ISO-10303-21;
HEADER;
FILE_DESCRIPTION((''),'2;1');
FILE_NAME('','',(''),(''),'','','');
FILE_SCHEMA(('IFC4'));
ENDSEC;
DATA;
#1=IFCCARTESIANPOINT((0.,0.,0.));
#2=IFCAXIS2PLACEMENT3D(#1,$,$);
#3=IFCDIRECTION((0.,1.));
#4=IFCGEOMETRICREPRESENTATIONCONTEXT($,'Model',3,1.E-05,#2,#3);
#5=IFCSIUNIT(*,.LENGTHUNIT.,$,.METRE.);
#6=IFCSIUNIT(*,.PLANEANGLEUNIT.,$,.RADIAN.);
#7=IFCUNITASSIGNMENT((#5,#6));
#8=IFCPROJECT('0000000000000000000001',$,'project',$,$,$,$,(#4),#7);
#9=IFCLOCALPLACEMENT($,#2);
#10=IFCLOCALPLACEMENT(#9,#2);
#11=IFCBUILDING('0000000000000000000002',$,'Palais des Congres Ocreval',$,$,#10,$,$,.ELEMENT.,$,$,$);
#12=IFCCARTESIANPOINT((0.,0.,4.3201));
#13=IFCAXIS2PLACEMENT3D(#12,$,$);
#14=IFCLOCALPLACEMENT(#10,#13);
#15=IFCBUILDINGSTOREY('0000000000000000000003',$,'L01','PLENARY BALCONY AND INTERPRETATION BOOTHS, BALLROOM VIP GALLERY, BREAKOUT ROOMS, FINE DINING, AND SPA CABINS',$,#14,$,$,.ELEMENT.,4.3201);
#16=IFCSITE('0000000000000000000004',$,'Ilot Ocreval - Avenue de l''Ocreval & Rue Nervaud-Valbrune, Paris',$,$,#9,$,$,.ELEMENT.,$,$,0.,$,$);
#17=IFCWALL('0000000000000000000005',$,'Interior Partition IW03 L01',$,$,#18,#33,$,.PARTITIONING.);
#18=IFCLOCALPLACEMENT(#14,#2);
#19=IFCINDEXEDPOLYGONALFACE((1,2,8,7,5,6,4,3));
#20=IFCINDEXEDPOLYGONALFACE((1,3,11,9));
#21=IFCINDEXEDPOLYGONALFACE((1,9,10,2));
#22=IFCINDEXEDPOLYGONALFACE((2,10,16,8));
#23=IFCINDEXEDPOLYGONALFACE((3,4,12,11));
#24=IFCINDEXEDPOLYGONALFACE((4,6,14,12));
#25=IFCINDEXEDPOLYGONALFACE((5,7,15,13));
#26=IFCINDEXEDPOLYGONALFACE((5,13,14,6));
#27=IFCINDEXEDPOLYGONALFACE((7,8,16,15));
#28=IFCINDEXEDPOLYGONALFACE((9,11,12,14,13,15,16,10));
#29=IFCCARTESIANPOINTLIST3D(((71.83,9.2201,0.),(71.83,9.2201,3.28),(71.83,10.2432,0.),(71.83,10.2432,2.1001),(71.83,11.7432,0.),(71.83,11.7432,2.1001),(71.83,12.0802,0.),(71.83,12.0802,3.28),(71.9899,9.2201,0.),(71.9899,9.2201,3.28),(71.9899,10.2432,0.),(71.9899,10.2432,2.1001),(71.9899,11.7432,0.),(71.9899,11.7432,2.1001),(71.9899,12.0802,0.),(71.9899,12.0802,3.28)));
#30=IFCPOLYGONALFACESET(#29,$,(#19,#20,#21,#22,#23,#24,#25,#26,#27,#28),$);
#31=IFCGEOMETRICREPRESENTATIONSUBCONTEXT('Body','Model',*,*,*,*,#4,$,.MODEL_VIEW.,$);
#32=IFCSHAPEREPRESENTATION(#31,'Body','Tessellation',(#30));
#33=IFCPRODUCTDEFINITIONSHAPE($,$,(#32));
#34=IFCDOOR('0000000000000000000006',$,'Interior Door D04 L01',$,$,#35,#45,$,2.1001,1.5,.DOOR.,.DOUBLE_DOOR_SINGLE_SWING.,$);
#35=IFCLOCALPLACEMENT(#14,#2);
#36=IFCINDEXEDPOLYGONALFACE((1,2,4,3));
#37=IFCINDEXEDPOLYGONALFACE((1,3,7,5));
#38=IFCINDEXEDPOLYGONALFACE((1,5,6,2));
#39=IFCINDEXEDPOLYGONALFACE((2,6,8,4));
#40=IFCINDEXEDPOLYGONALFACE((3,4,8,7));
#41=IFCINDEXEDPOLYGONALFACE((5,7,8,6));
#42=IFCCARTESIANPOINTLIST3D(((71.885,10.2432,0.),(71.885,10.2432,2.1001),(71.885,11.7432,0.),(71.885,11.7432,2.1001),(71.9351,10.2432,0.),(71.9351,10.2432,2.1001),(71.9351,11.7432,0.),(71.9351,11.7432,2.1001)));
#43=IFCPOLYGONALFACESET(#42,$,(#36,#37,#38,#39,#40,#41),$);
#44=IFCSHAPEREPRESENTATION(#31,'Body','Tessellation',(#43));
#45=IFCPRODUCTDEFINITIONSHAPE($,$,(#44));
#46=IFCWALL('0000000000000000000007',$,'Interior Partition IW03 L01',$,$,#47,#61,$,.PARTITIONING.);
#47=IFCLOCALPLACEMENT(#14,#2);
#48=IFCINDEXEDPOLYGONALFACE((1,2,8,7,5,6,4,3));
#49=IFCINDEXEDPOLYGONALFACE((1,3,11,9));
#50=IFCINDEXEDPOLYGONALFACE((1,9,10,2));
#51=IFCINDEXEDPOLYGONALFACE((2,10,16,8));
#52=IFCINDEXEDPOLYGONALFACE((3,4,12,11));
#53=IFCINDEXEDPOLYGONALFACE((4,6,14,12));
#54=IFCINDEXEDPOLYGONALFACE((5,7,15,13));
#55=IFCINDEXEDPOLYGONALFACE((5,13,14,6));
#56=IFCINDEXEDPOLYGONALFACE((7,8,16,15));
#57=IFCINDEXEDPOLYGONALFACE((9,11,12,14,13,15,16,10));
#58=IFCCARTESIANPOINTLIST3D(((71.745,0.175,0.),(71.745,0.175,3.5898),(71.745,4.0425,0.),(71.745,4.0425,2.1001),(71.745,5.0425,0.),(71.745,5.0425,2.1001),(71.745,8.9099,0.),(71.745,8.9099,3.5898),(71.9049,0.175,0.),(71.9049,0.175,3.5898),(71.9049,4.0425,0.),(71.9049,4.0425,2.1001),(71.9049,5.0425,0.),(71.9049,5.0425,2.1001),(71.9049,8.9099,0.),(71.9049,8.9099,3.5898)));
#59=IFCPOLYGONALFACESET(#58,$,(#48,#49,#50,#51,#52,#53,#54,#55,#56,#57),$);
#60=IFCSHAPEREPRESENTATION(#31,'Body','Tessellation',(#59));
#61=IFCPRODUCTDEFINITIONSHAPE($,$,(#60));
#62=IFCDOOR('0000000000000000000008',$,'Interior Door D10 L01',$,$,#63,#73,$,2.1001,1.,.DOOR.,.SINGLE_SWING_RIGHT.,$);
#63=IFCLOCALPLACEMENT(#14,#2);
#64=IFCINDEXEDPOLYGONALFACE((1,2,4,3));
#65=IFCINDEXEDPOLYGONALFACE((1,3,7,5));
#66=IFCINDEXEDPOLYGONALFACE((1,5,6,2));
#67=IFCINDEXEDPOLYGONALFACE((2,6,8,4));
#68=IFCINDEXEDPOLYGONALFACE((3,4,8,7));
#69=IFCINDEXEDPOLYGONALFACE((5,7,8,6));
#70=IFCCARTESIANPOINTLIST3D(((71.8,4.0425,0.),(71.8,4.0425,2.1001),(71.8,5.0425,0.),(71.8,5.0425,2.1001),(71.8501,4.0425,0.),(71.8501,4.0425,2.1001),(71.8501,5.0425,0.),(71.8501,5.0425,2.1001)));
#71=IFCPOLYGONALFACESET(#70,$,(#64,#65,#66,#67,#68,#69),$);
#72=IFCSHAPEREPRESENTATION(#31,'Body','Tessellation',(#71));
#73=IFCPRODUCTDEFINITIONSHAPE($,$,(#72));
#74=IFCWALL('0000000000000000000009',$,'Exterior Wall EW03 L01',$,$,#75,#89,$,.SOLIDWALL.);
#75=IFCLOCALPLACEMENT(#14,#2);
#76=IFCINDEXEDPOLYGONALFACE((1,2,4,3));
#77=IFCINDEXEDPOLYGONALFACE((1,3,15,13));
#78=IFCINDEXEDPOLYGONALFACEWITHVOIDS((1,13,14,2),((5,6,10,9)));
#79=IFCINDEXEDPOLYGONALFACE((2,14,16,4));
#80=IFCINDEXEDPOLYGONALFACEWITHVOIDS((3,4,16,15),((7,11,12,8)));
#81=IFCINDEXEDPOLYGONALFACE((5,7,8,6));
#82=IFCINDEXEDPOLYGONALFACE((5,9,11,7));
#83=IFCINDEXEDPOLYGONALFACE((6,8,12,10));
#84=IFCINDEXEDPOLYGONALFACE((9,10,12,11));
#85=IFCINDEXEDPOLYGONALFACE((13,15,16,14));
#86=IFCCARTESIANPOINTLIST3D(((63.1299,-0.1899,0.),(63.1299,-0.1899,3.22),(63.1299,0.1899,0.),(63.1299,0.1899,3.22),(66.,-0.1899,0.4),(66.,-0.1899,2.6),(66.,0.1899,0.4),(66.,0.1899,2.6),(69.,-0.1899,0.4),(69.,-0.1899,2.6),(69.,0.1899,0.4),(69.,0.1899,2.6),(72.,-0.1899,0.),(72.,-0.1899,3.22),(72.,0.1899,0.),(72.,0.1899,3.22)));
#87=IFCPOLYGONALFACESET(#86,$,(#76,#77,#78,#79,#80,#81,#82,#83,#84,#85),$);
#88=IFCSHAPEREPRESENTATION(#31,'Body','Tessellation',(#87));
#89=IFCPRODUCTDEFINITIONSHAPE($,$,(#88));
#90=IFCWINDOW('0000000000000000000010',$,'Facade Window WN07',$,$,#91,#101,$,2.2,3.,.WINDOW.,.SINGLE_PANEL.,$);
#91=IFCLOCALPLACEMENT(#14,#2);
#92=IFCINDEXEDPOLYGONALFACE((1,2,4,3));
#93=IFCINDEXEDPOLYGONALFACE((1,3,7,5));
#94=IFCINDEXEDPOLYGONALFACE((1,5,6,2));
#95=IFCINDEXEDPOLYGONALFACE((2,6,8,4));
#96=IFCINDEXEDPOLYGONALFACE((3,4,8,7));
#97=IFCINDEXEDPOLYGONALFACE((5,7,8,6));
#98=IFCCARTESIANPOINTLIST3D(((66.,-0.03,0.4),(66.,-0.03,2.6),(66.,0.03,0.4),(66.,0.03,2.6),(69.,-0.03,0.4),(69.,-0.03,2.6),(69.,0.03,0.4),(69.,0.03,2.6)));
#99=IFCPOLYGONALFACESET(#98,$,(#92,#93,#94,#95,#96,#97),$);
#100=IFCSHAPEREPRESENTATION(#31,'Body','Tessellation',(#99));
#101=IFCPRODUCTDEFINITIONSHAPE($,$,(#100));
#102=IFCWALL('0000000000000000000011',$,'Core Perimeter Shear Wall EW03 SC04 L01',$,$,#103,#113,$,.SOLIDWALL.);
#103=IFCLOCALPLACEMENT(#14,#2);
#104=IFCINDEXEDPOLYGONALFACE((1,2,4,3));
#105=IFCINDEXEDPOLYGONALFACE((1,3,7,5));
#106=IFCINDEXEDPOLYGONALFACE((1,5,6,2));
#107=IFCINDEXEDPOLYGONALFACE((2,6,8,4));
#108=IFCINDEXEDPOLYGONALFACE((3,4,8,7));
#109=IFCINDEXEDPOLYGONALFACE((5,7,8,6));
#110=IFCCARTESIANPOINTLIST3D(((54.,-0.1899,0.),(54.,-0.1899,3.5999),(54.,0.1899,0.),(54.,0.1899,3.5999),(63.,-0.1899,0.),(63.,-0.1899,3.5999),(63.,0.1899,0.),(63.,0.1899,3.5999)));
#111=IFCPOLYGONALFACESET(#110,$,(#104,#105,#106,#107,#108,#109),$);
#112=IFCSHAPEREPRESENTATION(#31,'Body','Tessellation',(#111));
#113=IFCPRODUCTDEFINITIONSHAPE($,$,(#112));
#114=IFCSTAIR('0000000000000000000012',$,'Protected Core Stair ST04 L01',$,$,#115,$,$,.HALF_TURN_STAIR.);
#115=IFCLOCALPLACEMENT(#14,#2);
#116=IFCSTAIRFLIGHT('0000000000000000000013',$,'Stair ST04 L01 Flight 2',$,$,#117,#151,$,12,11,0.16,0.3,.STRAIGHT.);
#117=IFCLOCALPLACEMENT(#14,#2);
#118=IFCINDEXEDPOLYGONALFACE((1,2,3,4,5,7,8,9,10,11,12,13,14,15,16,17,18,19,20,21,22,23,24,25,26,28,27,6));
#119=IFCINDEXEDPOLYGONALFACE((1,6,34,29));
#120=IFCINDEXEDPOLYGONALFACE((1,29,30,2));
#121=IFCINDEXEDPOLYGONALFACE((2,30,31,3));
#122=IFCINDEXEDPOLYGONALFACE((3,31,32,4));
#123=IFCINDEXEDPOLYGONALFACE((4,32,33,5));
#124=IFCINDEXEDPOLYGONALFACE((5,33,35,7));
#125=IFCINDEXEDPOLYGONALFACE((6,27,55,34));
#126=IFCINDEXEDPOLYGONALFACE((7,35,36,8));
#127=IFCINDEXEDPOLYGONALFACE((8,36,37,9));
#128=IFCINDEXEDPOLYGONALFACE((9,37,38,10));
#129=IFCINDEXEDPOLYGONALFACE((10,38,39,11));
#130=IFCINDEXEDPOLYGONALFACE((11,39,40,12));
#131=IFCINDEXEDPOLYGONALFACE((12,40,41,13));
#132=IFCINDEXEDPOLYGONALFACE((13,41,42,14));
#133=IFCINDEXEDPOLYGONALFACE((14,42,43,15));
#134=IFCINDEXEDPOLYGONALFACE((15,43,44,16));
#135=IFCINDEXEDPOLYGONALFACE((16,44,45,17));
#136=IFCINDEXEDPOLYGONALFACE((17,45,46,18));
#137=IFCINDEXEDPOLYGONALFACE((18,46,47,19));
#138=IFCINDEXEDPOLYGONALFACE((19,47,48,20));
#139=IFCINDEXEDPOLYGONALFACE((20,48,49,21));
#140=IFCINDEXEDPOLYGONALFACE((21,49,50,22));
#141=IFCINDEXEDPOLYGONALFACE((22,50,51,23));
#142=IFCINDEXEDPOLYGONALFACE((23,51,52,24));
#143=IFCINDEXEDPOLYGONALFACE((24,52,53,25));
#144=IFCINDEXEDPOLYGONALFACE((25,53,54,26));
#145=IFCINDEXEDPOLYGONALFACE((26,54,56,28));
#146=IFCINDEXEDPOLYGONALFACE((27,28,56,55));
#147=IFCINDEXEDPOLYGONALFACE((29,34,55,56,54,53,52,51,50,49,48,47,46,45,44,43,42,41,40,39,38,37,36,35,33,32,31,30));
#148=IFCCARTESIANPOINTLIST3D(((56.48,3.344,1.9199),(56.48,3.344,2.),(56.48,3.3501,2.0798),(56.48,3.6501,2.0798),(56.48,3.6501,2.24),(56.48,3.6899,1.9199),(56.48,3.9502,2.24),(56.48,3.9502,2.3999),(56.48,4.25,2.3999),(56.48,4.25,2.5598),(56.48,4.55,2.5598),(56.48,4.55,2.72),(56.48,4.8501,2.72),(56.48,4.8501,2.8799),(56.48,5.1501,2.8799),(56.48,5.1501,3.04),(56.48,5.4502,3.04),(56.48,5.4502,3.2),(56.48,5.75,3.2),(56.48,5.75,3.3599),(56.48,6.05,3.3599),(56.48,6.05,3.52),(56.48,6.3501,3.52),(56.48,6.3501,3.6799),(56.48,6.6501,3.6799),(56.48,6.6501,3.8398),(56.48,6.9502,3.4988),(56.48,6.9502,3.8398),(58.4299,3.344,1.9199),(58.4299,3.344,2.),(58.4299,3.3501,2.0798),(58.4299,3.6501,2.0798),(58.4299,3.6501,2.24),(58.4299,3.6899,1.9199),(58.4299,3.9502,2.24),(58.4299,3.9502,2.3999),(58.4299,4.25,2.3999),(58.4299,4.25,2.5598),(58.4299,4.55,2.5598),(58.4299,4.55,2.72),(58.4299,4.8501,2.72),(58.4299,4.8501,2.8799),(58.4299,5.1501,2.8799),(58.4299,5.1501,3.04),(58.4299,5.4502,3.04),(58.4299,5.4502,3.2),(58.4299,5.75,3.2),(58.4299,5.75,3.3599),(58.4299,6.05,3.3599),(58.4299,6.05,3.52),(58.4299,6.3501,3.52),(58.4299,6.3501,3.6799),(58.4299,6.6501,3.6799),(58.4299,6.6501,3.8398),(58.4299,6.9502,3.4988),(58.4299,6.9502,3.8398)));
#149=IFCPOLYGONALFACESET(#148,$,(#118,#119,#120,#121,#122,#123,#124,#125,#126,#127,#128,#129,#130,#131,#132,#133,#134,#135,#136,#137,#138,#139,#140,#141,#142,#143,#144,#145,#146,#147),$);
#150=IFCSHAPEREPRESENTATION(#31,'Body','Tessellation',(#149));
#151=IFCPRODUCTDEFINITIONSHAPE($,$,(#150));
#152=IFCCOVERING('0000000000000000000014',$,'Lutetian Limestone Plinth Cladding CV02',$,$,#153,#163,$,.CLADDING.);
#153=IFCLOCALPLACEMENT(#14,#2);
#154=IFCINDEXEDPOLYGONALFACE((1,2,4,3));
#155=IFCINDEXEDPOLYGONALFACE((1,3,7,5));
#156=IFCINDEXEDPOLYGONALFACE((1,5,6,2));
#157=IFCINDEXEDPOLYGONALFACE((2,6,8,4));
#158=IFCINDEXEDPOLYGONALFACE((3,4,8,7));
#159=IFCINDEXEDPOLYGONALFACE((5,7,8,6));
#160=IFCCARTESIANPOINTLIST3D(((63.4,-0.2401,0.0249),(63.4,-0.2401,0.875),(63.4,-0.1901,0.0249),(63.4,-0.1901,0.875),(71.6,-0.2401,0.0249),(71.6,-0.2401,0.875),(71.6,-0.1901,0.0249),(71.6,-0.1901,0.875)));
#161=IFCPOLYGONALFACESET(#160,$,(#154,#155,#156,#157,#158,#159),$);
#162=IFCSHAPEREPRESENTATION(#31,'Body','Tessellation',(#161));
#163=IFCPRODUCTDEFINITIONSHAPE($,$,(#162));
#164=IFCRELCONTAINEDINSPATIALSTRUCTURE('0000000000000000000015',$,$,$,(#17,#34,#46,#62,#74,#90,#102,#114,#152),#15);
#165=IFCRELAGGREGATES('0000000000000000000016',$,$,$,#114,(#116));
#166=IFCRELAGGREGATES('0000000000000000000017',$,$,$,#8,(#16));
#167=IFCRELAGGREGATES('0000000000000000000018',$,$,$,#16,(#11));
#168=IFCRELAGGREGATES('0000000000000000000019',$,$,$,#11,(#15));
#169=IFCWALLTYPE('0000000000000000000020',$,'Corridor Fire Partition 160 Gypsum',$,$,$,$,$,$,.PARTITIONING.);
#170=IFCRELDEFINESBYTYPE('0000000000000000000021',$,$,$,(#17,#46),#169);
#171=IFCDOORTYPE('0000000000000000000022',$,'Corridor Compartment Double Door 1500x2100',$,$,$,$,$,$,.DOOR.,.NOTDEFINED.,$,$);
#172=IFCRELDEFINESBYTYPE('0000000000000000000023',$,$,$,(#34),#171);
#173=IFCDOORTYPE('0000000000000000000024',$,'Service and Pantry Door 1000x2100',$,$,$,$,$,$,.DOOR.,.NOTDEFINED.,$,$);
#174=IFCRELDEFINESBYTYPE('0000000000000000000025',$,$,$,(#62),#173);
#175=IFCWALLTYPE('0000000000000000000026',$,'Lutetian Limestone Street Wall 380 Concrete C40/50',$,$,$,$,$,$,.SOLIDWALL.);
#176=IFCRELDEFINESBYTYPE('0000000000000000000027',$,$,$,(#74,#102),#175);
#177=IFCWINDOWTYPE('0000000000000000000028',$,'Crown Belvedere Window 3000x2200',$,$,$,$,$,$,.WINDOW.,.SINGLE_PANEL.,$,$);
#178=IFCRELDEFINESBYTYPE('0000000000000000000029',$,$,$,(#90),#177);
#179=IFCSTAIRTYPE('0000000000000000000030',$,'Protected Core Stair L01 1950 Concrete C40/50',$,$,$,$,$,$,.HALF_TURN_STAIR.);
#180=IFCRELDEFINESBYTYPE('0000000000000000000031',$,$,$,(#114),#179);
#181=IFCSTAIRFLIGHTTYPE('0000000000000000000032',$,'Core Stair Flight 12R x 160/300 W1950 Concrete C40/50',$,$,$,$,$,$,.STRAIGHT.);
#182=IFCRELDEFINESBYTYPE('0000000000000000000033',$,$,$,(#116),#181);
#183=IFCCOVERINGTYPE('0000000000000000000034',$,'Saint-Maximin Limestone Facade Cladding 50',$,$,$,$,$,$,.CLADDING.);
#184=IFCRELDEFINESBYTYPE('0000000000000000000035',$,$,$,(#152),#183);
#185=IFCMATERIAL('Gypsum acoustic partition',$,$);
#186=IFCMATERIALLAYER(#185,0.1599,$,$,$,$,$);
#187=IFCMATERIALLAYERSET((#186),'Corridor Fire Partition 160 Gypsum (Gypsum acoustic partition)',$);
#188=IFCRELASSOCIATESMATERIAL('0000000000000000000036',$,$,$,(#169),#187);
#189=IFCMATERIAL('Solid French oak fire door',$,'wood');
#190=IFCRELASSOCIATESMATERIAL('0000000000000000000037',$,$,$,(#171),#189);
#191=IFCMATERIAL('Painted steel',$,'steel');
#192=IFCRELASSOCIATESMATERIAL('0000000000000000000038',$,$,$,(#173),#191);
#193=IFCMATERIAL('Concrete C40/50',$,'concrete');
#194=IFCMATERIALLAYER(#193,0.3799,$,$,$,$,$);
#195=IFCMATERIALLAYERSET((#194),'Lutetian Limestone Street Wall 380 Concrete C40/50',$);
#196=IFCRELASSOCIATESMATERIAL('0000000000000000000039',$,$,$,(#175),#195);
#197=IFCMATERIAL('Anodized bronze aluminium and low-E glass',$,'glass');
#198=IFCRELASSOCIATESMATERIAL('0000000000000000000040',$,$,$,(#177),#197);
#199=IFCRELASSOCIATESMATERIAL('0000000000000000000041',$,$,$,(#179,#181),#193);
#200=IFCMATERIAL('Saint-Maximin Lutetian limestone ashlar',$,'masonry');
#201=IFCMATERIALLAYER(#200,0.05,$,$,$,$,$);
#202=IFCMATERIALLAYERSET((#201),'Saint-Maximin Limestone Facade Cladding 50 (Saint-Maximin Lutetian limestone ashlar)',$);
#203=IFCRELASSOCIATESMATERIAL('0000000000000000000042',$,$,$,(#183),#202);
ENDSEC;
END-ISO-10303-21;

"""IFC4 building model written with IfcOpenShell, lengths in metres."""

from ifc_helpers import new_model, si_unit, direction, frame, frame_2d, origin, origin_2d, place, context, subcontext, project, spatial, polyline, rectangle, outline, extrude, material, layer, layer_set, type_object, element, fill, aggregate, save


model = new_model("IFC4")

# Units and contexts
model_context = context("Model", 3, precision=1e-05, world=origin(), true_north=direction((0.0, 1.0)))
body_context = subcontext(model_context, "Body", "Model", "MODEL_VIEW")
ifc_project = project(units=[si_unit("LENGTHUNIT", "METRE"), si_unit("PLANEANGLEUNIT", "RADIAN")], contexts=[model_context])

# Site, building, storey
site_placement = place(None, origin())
site = spatial("IfcSite", under=ifc_project, at=site_placement, Name="Ilot Ocreval - Avenue de l'Ocreval & Rue Nervaud-Valbrune, Paris", CompositionType="ELEMENT", RefElevation=0.0)
building_placement = place(site_placement, origin())
building = spatial("IfcBuilding", under=site, at=building_placement, Name="Palais des Congres Ocreval", CompositionType="ELEMENT")
storey_placement = place(building_placement, frame((0.0, 0.0, 4.3201)))
storey = spatial("IfcBuildingStorey", under=building, at=storey_placement, Name="L01", Description="PLENARY BALCONY AND INTERPRETATION BOOTHS, BALLROOM VIP GALLERY, BREAKOUT ROOMS, FINE DINING, AND SPA CABINS", CompositionType="ELEMENT", Elevation=4.3201)

# Shared definitions
ifc_material_1 = material(Name="Concrete C40/50", Category="concrete")

# Shared definitions
ifc_material_2 = material(Name="Gypsum acoustic partition")
ifc_layer_1 = layer(ifc_material_2, 0.1599)
ifc_layer_set_1 = layer_set([ifc_layer_1], Name="Corridor Fire Partition 160 Gypsum (Gypsum acoustic partition)")
wall_type_1 = type_object("IfcWallType", Name="Corridor Fire Partition 160 Gypsum", PredefinedType="PARTITIONING", material=ifc_layer_set_1)

# Walls, openings, doors
wall_1_placement = place(storey_placement, frame((71.9099, 9.22, 0.0), z_axis=(0.0, 0.0, 1.0), x_axis=(0.0, 1.0, 0.0)))
wall_1 = element("IfcWall", 1, at=wall_1_placement, inside=storey, type_object=wall_type_1, Name="Interior Partition IW03 L01", PredefinedType="PARTITIONING", context=body_context, shape_type="SweptSolid", body=[
    extrude(rectangle(XDim=2.8601, YDim=0.1599, at=frame_2d((1.4302, 0.0))), origin(), (0.0, 0.0, 1.0), 3.28),
])
opening_1_placement = place(wall_1_placement, frame((1.0232, 0.0, 0.0)))
opening_1 = element("IfcOpeningElement", 2, at=opening_1_placement, cuts=wall_1, PredefinedType="OPENING", context=body_context, shape_type="SweptSolid", body=[
    extrude(rectangle(XDim=1.5, YDim=2.1001, at=frame_2d((0.75, 1.05))), frame((0.0, 0.0898, 0.0), z_axis=(0.0, -1.0, 0.0), x_axis=(1.0, 0.0, 0.0)), (0.0, 0.0, 1.0), 0.1799),
])
ifc_material_3 = material(Name="Solid French oak fire door", Category="wood")
door_type_1 = type_object("IfcDoorType", Name="Corridor Compartment Double Door 1500x2100", OperationType="NOTDEFINED", PredefinedType="DOOR", material=ifc_material_3)
door_1_placement = place(opening_1_placement, origin())
door_1 = element("IfcDoor", 3, at=door_1_placement, inside=storey, type_object=door_type_1, Name="Interior Door D04 L01", OperationType="DOUBLE_DOOR_SINGLE_SWING", OverallHeight=2.1001, OverallWidth=1.5, PredefinedType="DOOR", context=body_context, shape_type="SweptSolid", body=[
    extrude(rectangle(XDim=1.5, YDim=2.1001, at=frame_2d((0.75, 1.05))), frame((0.0, 0.0249, 0.0), z_axis=(0.0, -1.0, 0.0), x_axis=(1.0, 0.0, 0.0)), (0.0, 0.0, 1.0), 0.05),
])
fill(opening_1, door_1)
wall_2_placement = place(storey_placement, frame((71.825, 0.175, 0.0), z_axis=(0.0, 0.0, 1.0), x_axis=(0.0, 1.0, 0.0)))
wall_2 = element("IfcWall", 4, at=wall_2_placement, inside=storey, type_object=wall_type_1, Name="Interior Partition IW03 L01", PredefinedType="PARTITIONING", context=body_context, shape_type="SweptSolid", body=[
    extrude(rectangle(XDim=8.7349, YDim=0.1599, at=frame_2d((4.3674, 0.0))), origin(), (0.0, 0.0, 1.0), 3.5898),
])
opening_2_placement = place(wall_2_placement, frame((3.8674, 0.0, 0.0)))
opening_2 = element("IfcOpeningElement", 5, at=opening_2_placement, cuts=wall_2, PredefinedType="OPENING", context=body_context, shape_type="SweptSolid", body=[
    extrude(rectangle(XDim=1.0, YDim=2.1001, at=frame_2d((0.5, 1.05))), frame((0.0, 0.0898, 0.0), z_axis=(0.0, -1.0, 0.0), x_axis=(1.0, 0.0, 0.0)), (0.0, 0.0, 1.0), 0.1799),
])
ifc_material_4 = material(Name="Painted steel", Category="steel")
door_type_2 = type_object("IfcDoorType", Name="Service and Pantry Door 1000x2100", OperationType="NOTDEFINED", PredefinedType="DOOR", material=ifc_material_4)
door_2_placement = place(opening_2_placement, origin())
door_2 = element("IfcDoor", 6, at=door_2_placement, inside=storey, type_object=door_type_2, Name="Interior Door D10 L01", OperationType="SINGLE_SWING_RIGHT", OverallHeight=2.1001, OverallWidth=1.0, PredefinedType="DOOR", context=body_context, shape_type="SweptSolid", body=[
    extrude(rectangle(XDim=1.0, YDim=2.1001, at=frame_2d((0.5, 1.05))), frame((0.0, 0.0249, 0.0), z_axis=(0.0, -1.0, 0.0), x_axis=(1.0, 0.0, 0.0)), (0.0, 0.0, 1.0), 0.05),
])
fill(opening_2, door_2)

# Wall, opening, window
ifc_layer_2 = layer(ifc_material_1, 0.3799)
ifc_layer_set_2 = layer_set([ifc_layer_2], Name="Lutetian Limestone Street Wall 380 Concrete C40/50")
wall_type_2 = type_object("IfcWallType", Name="Lutetian Limestone Street Wall 380 Concrete C40/50", PredefinedType="SOLIDWALL", material=ifc_layer_set_2)
wall_3_placement = place(storey_placement, frame((72.0, 0.0, 0.0), z_axis=(0.0, 0.0, 1.0), x_axis=(-1.0, 0.0, 0.0)))
wall_3 = element("IfcWall", 7, at=wall_3_placement, inside=storey, type_object=wall_type_2, Name="Exterior Wall EW03 L01", PredefinedType="SOLIDWALL", context=body_context, shape_type="SweptSolid", body=[
    extrude(rectangle(XDim=8.8701, YDim=0.3799, at=frame_2d((4.4351, 0.0))), origin(), (0.0, 0.0, 1.0), 3.22),
])
opening_3_placement = place(wall_3_placement, frame((3.0, 0.0, 0.3999)))
opening_3 = element("IfcOpeningElement", 8, at=opening_3_placement, cuts=wall_3, PredefinedType="OPENING", context=body_context, shape_type="SweptSolid", body=[
    extrude(rectangle(XDim=3.0, YDim=2.2, at=frame_2d((1.5, 1.1001))), frame((0.0, 0.2, 0.0), z_axis=(0.0, -1.0, 0.0), x_axis=(1.0, 0.0, 0.0)), (0.0, 0.0, 1.0), 0.3999),
])
ifc_material_5 = material(Name="Anodized bronze aluminium and low-E glass", Category="glass")
window_type = type_object("IfcWindowType", Name="Crown Belvedere Window 3000x2200", PartitioningType="SINGLE_PANEL", PredefinedType="WINDOW", material=ifc_material_5)
window_placement = place(opening_3_placement, origin())
window = element("IfcWindow", 9, at=window_placement, inside=storey, type_object=window_type, Name="Facade Window WN07", OverallHeight=2.2, OverallWidth=3.0, PartitioningType="SINGLE_PANEL", PredefinedType="WINDOW", context=body_context, shape_type="SweptSolid", body=[
    extrude(rectangle(XDim=3.0, YDim=2.2, at=frame_2d((1.5, 1.1001))), frame((0.0, 0.03, 0.0), z_axis=(0.0, -1.0, 0.0), x_axis=(1.0, 0.0, 0.0)), (0.0, 0.0, 1.0), 0.0601),
])
fill(opening_3, window)

# Wall
wall_4_placement = place(storey_placement, frame((63.0, 0.0, 0.0), z_axis=(0.0, 0.0, 1.0), x_axis=(-1.0, 0.0, 0.0)))
element("IfcWall", 10, at=wall_4_placement, inside=storey, type_object=wall_type_2, Name="Core Perimeter Shear Wall EW03 SC04 L01", PredefinedType="SOLIDWALL", context=body_context, shape_type="SweptSolid", body=[
    extrude(rectangle(XDim=9.0, YDim=0.3799, at=frame_2d((4.5, 0.0))), origin(), (0.0, 0.0, 1.0), 3.5999),
])

# Stair, stair flight
stair_type = type_object("IfcStairType", Name="Protected Core Stair L01 1950 Concrete C40/50", PredefinedType="HALF_TURN_STAIR", material=ifc_material_1)
stair_placement = place(storey_placement, origin())
stair = element("IfcStair", 11, at=stair_placement, inside=storey, type_object=stair_type, Name="Protected Core Stair ST04 L01", PredefinedType="HALF_TURN_STAIR")
stair_flight_type = type_object("IfcStairFlightType", Name="Core Stair Flight 12R x 160/300 W1950 Concrete C40/50", PredefinedType="STRAIGHT", material=ifc_material_1)
stair_flight_placement = place(storey_placement, frame((57.4551, 3.3501, 1.9199), z_axis=(0.0, 0.0, 1.0), x_axis=(0.0, 1.0, 0.0)))
stair_flight = element("IfcStairFlight", 12, at=stair_flight_placement, type_object=stair_flight_type, Name="Stair ST04 L01 Flight 2", NumberOfRisers=12, NumberOfTreads=11, PredefinedType="STRAIGHT", RiserHeight=0.16, TreadLength=0.3, context=body_context, shape_type="SweptSolid", body=[
    extrude(outline(polyline([(-0.0061, 0.0), (-0.0061, 0.0801), (0.0, 0.1599), (0.3, 0.1599), (0.3, 0.3201), (0.6001, 0.3201), (0.6001, 0.48), (0.8999, 0.48), (0.8999, 0.6399), (1.2, 0.6399), (1.2, 0.8), (1.5, 0.8), (1.5, 0.96), (1.8, 0.96), (1.8, 1.1201), (2.1001, 1.1201), (2.1001, 1.28), (2.3999, 1.28), (2.3999, 1.4399), (2.7, 1.4399), (2.7, 1.6001), (3.0, 1.6001), (3.0, 1.76), (3.3, 1.76), (3.3, 1.9199), (3.6001, 1.9199), (3.6001, 1.5789), (0.3398, 0.0), (-0.0061, 0.0)])), frame((0.0, 0.9751, 0.0), z_axis=(0.0, -1.0, 0.0), x_axis=(1.0, 0.0, 0.0)), (0.0, 0.0, 1.0), 1.95),
])
aggregate(stair, [stair_flight])

# Covering
ifc_material_6 = material(Name="Saint-Maximin Lutetian limestone ashlar", Category="masonry")
ifc_layer_3 = layer(ifc_material_6, 0.05)
ifc_layer_set_3 = layer_set([ifc_layer_3], Name="Saint-Maximin Limestone Facade Cladding 50 (Saint-Maximin Lutetian limestone ashlar)")
covering_type = type_object("IfcCoveringType", Name="Saint-Maximin Limestone Facade Cladding 50", PredefinedType="CLADDING", material=ifc_layer_set_3)
covering_placement = place(storey_placement, frame((67.5, -0.2151, 0.0249), z_axis=(0.0, 0.0, 1.0), x_axis=(-1.0, 0.0, 0.0)))
element("IfcCovering", 13, at=covering_placement, inside=storey, type_object=covering_type, Name="Lutetian Limestone Plinth Cladding CV02", PredefinedType="CLADDING", context=body_context, shape_type="SweptSolid", body=[
    extrude(rectangle(XDim=8.2, YDim=0.05, at=origin_2d()), origin(), (0.0, 0.0, 1.0), 0.8501),
])

save(model, "model.ifc")
